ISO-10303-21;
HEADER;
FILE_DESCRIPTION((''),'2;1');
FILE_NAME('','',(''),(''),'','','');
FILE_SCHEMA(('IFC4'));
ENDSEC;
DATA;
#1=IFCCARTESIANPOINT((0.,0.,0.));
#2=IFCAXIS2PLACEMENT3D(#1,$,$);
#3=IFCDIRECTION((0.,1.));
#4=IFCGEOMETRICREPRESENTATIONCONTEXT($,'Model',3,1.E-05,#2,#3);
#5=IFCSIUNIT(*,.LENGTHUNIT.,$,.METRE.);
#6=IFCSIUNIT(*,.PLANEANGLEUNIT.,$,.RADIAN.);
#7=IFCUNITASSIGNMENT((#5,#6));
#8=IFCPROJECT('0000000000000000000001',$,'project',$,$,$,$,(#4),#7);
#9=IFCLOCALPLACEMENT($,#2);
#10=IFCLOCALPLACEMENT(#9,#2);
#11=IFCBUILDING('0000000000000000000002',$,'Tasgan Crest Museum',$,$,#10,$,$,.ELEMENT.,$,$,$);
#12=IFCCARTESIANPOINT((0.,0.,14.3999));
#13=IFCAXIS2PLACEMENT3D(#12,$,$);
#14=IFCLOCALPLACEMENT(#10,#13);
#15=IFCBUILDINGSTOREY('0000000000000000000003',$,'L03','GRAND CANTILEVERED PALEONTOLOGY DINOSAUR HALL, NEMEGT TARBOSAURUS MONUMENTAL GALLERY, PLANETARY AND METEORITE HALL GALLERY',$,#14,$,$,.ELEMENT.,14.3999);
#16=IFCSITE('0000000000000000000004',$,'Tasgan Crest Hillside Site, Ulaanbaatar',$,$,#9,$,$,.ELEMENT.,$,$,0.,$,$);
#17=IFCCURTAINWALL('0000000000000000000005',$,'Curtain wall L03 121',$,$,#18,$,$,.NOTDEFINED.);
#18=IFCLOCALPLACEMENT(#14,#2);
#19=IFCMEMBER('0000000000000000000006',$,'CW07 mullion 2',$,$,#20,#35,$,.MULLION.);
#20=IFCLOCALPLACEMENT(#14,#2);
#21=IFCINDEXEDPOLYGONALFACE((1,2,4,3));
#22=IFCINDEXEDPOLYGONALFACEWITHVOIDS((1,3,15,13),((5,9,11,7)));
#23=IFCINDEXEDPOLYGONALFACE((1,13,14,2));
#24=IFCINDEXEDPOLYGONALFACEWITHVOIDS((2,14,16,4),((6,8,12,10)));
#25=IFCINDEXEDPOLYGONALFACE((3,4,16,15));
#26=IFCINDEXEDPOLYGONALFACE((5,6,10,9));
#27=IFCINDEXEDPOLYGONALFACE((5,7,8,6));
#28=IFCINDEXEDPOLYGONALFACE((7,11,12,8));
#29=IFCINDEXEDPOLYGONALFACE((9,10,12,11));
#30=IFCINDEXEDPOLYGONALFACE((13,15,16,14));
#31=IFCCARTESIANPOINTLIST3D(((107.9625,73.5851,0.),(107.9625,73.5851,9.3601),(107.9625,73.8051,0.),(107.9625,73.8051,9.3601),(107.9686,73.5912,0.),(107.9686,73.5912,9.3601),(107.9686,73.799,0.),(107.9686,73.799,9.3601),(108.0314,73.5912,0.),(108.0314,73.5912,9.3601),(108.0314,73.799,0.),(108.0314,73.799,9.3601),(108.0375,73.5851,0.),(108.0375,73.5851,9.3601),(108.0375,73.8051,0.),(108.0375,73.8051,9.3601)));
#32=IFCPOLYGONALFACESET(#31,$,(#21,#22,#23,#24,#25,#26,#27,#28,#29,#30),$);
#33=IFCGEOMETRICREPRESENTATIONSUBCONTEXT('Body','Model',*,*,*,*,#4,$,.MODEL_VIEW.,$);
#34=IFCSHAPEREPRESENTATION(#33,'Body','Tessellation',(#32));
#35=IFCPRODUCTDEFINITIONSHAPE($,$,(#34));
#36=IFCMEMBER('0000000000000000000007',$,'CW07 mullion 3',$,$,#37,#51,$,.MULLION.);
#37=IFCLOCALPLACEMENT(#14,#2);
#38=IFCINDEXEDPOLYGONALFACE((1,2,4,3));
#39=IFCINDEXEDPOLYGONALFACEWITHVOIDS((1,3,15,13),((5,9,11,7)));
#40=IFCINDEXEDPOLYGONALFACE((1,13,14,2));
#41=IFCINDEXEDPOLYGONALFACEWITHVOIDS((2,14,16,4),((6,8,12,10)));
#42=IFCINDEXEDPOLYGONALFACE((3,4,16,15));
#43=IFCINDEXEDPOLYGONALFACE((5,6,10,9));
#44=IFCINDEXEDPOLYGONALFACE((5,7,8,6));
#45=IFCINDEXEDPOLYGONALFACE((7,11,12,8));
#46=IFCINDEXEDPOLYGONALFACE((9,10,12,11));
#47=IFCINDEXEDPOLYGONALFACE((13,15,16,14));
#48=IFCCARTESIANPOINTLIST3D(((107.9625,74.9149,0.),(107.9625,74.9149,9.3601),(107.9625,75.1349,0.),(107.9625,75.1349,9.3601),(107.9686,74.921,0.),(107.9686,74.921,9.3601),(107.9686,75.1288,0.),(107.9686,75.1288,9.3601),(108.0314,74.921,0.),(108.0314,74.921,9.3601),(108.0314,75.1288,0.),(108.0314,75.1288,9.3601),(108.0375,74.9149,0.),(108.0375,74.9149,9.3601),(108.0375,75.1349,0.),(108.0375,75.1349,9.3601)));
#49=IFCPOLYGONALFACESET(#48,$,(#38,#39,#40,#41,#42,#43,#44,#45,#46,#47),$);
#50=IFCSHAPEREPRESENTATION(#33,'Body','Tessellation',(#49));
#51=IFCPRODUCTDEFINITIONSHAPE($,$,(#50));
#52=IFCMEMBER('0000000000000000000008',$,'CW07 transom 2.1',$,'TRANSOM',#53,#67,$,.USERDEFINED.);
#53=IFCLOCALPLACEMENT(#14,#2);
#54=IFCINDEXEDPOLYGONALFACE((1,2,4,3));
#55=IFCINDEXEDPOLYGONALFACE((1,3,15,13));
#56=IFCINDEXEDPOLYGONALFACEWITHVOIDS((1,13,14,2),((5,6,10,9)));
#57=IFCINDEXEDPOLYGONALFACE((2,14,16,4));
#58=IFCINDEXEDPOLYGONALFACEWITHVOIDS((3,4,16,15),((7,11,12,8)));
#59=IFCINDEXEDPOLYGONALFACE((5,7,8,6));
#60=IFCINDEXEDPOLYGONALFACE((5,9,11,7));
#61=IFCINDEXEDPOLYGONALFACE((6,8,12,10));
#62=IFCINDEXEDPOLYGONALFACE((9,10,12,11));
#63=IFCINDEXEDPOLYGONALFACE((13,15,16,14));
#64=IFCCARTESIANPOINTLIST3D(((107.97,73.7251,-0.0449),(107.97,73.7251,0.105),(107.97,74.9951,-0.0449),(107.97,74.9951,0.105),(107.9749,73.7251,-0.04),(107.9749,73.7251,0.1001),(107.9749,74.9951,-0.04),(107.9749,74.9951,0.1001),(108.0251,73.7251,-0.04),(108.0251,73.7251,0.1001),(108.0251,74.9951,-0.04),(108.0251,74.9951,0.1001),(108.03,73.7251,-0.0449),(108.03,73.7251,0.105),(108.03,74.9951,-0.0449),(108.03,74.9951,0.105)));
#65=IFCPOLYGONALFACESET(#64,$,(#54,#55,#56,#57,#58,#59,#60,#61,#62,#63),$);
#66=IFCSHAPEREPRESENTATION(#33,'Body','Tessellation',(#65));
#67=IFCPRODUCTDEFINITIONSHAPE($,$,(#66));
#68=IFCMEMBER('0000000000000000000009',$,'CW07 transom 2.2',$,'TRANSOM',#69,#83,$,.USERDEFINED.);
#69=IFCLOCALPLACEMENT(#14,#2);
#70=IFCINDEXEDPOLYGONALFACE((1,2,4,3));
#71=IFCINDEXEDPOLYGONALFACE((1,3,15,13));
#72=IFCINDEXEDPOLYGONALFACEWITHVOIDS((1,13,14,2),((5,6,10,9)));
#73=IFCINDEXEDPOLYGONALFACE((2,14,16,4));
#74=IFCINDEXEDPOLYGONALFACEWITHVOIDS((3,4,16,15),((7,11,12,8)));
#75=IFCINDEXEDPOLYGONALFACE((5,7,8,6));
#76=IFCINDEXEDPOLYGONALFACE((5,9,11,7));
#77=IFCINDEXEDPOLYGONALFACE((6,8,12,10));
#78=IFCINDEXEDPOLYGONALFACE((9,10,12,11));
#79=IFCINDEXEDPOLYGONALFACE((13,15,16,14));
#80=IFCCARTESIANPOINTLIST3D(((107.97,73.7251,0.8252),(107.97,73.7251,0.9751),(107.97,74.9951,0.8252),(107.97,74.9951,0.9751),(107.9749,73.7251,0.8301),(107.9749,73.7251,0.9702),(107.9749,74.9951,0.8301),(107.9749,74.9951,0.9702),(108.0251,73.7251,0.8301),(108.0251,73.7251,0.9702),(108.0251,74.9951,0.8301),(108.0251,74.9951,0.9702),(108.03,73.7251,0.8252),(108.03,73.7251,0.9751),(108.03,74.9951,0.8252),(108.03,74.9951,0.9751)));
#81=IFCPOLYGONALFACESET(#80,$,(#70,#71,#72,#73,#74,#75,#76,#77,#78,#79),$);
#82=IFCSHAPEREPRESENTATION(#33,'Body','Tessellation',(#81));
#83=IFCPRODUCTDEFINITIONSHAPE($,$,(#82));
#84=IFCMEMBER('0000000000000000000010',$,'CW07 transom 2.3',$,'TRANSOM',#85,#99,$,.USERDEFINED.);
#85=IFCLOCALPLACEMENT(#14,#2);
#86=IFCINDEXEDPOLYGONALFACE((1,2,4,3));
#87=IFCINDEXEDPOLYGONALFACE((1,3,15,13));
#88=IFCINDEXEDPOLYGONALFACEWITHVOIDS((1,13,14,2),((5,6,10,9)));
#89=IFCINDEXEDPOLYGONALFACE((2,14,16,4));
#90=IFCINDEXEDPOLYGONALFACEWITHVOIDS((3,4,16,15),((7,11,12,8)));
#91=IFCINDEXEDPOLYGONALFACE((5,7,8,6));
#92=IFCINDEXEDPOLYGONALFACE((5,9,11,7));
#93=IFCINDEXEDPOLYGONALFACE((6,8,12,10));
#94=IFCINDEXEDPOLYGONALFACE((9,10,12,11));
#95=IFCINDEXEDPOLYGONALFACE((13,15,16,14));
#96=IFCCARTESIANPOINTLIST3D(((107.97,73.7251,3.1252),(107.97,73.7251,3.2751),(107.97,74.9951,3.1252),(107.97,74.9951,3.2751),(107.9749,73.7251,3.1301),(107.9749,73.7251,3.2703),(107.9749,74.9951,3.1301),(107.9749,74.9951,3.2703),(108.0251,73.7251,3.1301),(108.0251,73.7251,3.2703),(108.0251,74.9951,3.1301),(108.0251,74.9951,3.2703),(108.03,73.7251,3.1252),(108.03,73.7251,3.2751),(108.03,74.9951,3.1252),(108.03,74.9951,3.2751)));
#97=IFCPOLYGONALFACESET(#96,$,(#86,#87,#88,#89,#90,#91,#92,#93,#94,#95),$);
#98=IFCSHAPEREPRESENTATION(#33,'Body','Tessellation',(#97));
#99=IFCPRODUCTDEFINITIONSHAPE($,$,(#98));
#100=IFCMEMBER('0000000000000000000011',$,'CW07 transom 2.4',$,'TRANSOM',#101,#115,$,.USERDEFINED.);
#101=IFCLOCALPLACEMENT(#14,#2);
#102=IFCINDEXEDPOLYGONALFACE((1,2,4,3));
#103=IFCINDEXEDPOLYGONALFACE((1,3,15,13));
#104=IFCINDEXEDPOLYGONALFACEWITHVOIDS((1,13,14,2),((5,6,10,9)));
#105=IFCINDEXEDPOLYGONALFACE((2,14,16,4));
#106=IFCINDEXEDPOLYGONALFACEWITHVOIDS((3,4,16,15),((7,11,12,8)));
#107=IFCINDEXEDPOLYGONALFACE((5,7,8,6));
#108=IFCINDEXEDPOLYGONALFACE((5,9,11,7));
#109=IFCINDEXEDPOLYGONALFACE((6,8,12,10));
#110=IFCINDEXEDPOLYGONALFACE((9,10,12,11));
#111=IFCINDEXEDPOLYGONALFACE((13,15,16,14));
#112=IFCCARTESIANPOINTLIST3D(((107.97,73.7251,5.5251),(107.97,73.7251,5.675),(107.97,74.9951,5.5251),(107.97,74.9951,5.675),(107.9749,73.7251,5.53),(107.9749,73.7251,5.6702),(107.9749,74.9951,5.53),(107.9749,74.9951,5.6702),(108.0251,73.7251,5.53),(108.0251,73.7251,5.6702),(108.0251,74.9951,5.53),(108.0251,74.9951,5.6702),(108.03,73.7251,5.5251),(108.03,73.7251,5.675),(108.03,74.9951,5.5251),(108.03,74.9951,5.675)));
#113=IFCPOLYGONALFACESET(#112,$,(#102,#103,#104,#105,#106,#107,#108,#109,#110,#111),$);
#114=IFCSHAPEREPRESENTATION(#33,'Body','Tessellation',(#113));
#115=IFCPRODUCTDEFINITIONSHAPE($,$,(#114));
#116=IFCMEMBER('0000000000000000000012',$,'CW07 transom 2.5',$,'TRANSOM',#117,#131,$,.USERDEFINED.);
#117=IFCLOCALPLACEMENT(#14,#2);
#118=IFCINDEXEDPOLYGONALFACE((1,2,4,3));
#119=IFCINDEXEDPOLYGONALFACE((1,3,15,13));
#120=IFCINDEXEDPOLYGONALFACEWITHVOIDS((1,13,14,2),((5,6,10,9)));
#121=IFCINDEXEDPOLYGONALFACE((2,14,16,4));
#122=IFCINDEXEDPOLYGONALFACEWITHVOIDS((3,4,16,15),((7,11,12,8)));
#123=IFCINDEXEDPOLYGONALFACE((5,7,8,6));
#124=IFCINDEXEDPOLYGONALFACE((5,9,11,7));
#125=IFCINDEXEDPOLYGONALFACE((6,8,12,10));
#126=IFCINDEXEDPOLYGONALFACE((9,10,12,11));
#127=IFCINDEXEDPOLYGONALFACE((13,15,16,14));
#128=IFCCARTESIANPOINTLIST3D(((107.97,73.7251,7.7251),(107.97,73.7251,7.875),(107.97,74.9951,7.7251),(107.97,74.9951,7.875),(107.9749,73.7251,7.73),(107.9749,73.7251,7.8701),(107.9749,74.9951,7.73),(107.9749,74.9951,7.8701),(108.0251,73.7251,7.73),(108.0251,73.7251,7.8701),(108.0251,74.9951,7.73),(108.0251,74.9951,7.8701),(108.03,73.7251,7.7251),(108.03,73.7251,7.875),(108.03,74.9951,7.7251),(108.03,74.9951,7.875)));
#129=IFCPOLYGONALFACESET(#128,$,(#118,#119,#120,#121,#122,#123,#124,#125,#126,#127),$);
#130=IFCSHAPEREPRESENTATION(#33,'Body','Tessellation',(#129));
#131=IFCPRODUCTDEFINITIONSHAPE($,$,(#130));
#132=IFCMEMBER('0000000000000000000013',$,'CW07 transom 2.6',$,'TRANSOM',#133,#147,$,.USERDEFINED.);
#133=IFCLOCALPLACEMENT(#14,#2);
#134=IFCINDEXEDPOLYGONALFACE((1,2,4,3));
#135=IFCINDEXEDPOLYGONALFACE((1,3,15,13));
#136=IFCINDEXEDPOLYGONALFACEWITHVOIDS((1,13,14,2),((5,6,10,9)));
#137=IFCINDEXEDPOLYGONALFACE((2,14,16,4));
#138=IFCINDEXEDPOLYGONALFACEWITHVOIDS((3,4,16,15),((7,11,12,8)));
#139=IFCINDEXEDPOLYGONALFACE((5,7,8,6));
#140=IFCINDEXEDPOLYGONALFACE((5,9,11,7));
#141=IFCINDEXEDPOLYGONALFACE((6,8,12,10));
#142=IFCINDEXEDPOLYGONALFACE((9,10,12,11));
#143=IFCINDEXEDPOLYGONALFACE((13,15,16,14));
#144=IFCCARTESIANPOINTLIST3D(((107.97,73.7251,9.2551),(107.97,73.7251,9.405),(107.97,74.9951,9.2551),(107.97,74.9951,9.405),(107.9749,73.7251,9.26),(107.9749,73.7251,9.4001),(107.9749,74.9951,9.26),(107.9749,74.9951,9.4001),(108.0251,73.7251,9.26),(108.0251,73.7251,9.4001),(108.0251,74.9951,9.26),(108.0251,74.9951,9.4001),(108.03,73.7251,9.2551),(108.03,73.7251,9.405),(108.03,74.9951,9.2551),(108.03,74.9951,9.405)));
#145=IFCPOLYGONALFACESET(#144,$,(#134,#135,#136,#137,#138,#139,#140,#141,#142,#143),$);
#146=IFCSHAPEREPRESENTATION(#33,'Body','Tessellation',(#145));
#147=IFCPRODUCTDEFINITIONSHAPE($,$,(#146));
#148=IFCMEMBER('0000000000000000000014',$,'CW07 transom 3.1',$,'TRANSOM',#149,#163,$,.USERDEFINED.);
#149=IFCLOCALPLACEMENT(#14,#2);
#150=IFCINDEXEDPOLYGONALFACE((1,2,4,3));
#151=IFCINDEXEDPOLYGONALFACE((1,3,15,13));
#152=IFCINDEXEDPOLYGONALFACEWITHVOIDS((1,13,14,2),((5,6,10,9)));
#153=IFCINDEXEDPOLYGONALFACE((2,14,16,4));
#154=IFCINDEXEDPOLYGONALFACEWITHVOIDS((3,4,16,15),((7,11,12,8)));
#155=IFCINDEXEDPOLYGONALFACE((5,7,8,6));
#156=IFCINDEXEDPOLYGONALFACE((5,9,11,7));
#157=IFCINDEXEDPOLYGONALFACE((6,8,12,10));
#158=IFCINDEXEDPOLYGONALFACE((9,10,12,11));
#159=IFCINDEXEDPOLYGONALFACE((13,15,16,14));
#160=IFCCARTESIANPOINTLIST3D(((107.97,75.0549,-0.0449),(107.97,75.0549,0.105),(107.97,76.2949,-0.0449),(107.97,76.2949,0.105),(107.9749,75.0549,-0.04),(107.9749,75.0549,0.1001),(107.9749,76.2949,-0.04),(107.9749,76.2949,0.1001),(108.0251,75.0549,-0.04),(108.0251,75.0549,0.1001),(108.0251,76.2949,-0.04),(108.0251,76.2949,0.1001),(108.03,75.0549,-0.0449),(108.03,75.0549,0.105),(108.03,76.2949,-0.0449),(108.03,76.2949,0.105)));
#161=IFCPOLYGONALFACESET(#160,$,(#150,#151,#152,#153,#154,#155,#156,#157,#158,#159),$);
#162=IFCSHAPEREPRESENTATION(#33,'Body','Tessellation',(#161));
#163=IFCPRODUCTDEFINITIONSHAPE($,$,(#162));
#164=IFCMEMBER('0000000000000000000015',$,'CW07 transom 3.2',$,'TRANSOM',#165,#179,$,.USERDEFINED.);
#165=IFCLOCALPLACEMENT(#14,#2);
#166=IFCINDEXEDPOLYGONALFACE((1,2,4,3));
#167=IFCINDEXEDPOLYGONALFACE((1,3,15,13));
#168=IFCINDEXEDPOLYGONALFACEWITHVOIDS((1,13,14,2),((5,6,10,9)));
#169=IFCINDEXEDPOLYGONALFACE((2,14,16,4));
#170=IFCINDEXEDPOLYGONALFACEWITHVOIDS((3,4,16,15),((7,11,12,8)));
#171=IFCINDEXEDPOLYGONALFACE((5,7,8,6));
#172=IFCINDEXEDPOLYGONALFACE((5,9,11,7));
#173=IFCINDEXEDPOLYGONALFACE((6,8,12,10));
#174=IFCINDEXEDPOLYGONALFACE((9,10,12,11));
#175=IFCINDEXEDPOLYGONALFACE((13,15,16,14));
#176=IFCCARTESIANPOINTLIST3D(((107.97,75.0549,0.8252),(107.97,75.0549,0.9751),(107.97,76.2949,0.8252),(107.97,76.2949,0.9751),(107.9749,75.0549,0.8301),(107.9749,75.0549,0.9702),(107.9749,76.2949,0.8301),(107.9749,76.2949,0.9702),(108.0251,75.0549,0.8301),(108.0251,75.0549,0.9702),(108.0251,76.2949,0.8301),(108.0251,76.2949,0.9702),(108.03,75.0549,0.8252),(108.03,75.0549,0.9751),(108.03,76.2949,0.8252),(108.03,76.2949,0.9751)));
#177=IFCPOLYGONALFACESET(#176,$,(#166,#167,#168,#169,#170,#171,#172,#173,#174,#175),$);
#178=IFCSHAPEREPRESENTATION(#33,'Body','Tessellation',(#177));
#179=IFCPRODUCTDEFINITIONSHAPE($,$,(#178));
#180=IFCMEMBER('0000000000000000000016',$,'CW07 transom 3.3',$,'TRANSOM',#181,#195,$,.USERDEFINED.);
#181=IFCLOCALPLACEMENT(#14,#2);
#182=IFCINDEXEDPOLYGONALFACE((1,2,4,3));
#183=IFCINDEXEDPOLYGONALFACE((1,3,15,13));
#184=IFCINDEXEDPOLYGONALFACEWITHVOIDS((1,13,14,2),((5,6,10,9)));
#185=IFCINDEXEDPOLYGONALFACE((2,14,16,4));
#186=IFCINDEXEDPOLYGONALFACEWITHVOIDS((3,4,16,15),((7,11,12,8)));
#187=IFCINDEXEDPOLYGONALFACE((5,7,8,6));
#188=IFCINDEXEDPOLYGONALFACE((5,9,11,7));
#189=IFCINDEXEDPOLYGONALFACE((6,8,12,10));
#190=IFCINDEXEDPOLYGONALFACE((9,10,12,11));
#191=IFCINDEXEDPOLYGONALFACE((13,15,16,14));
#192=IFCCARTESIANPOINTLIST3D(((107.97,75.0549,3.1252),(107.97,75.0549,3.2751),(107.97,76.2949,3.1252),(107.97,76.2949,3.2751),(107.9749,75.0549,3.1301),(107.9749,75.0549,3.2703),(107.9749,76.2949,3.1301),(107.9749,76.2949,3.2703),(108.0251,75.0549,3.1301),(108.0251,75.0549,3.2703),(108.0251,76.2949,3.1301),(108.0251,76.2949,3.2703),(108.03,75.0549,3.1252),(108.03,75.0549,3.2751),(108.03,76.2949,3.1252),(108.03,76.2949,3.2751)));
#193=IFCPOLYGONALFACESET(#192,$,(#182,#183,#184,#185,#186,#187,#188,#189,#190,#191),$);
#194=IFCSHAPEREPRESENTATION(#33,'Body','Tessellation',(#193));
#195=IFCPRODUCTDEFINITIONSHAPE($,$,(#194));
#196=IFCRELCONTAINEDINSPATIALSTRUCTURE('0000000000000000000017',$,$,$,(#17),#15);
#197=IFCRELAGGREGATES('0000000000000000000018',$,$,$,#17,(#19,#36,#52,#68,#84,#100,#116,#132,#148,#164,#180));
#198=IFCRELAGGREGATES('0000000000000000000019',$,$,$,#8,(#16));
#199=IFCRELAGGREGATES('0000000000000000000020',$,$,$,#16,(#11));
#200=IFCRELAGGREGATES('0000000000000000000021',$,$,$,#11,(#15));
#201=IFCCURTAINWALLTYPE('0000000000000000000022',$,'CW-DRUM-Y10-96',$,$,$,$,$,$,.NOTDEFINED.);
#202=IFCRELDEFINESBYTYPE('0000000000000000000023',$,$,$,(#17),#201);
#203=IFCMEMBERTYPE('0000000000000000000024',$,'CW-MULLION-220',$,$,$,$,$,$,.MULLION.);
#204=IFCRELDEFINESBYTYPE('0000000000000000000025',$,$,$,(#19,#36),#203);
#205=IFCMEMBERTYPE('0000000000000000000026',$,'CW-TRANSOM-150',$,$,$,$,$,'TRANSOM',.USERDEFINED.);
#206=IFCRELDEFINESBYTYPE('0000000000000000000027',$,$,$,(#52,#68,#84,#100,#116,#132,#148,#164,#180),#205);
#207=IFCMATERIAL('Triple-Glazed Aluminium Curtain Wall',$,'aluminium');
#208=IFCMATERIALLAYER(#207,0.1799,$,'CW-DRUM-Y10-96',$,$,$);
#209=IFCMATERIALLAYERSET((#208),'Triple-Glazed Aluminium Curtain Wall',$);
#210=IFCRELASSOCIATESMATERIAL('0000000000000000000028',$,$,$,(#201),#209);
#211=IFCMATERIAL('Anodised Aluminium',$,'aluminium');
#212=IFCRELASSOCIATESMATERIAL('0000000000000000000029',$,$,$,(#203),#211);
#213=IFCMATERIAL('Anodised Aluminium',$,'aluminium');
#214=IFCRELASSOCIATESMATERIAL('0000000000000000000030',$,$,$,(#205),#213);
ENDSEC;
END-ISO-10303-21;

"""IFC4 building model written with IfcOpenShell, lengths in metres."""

from ifc_helpers import new_model, si_unit, direction, frame, origin, origin_2d, place, context, subcontext, project, spatial, hollow_rectangle, extrude, material, layer, layer_set, material_profile, profile_set, type_object, element, aggregate, save


model = new_model("IFC4")

# Units and contexts
model_context = context("Model", 3, precision=1e-05, world=origin(), true_north=direction((0.0, 1.0)))
body_context = subcontext(model_context, "Body", "Model", "MODEL_VIEW")
ifc_project = project(units=[si_unit("LENGTHUNIT", "METRE"), si_unit("PLANEANGLEUNIT", "RADIAN")], contexts=[model_context])

# Site, building, storey
site_placement = place(None, origin())
site = spatial("IfcSite", under=ifc_project, at=site_placement, Name="Tasgan Crest Hillside Site, Ulaanbaatar", CompositionType="ELEMENT", RefElevation=0.0)
building_placement = place(site_placement, origin())
building = spatial("IfcBuilding", under=site, at=building_placement, Name="Tasgan Crest Museum", CompositionType="ELEMENT")
storey_placement = place(building_placement, frame((0.0, 0.0, 14.3999)))
storey = spatial("IfcBuildingStorey", under=building, at=storey_placement, Name="L03", Description="GRAND CANTILEVERED PALEONTOLOGY DINOSAUR HALL, NEMEGT TARBOSAURUS MONUMENTAL GALLERY, PLANETARY AND METEORITE HALL GALLERY", CompositionType="ELEMENT", Elevation=14.3999)

# Curtain wall, members
ifc_material_1 = material(Name="Triple-Glazed Aluminium Curtain Wall", Category="aluminium")
ifc_layer_1 = layer(ifc_material_1, 0.1799, Name="CW-DRUM-Y10-96")
ifc_layer_set_1 = layer_set([ifc_layer_1], Name="Triple-Glazed Aluminium Curtain Wall")
curtain_wall_type = type_object("IfcCurtainWallType", Name="CW-DRUM-Y10-96", PredefinedType="NOTDEFINED", material=ifc_layer_set_1)
curtain_wall_placement = place(storey_placement, origin())
curtain_wall = element("IfcCurtainWall", 1, at=curtain_wall_placement, inside=storey, type_object=curtain_wall_type, Name="Curtain wall L03 121", PredefinedType="NOTDEFINED")
ifc_material_2 = material(Name="Anodised Aluminium", Category="aluminium")
ifc_material_profile_1 = material_profile(ifc_material_2, hollow_rectangle(XDim=0.075, YDim=0.22, WallThickness=0.0061, at=origin_2d()), Name="ALU MULLION 220x75x6")
ifc_profile_set_1 = profile_set([ifc_material_profile_1], Name="Anodised Aluminium")
member_type_1 = type_object("IfcMemberType", Name="CW-MULLION-220", PredefinedType="MULLION", material=ifc_profile_set_1)
member_1_placement = place(storey_placement, frame((108.0, 73.6951, 0.0), z_axis=(0.0, 0.0, 1.0), x_axis=(-1.0, 0.0, 0.0)))
member_1 = element("IfcMember", 2, at=member_1_placement, type_object=member_type_1, Name="CW07 mullion 2", PredefinedType="MULLION", context=body_context, shape_type="SweptSolid", body=[
    extrude(hollow_rectangle(XDim=0.075, YDim=0.22, WallThickness=0.0061, at=origin_2d()), origin(), (0.0, 0.0, 1.0), 9.3601),
])
member_2_placement = place(storey_placement, frame((108.0, 75.0249, 0.0), z_axis=(0.0, 0.0, 1.0), x_axis=(-1.0, 0.0, 0.0)))
member_2 = element("IfcMember", 3, at=member_2_placement, type_object=member_type_1, Name="CW07 mullion 3", PredefinedType="MULLION", context=body_context, shape_type="SweptSolid", body=[
    extrude(hollow_rectangle(XDim=0.075, YDim=0.22, WallThickness=0.0061, at=origin_2d()), origin(), (0.0, 0.0, 1.0), 9.3601),
])
ifc_material_3 = material(Name="Anodised Aluminium", Category="aluminium")
ifc_material_profile_2 = material_profile(ifc_material_3, hollow_rectangle(XDim=0.0601, YDim=0.1499, WallThickness=0.0049, at=origin_2d()), Name="ALU TRANSOM 150x60x5")
ifc_profile_set_2 = profile_set([ifc_material_profile_2], Name="Anodised Aluminium")
member_type_2 = type_object("IfcMemberType", Name="CW-TRANSOM-150", ElementType="TRANSOM", PredefinedType="USERDEFINED", material=ifc_profile_set_2)
member_3_placement = place(storey_placement, frame((108.0, 73.7251, 0.03), z_axis=(0.0, 1.0, 0.0), x_axis=(-1.0, 0.0, 0.0)))
member_3 = element("IfcMember", 4, at=member_3_placement, type_object=member_type_2, Name="CW07 transom 2.1", ObjectType="TRANSOM", PredefinedType="USERDEFINED", context=body_context, shape_type="SweptSolid", body=[
    extrude(hollow_rectangle(XDim=0.0601, YDim=0.1499, WallThickness=0.0049, at=origin_2d()), origin(), (0.0, 0.0, 1.0), 1.27),
])
member_4_placement = place(storey_placement, frame((108.0, 73.7251, 0.9001), z_axis=(0.0, 1.0, 0.0), x_axis=(-1.0, 0.0, 0.0)))
member_4 = element("IfcMember", 5, at=member_4_placement, type_object=member_type_2, Name="CW07 transom 2.2", ObjectType="TRANSOM", PredefinedType="USERDEFINED", context=body_context, shape_type="SweptSolid", body=[
    extrude(hollow_rectangle(XDim=0.0601, YDim=0.1499, WallThickness=0.0049, at=origin_2d()), origin(), (0.0, 0.0, 1.0), 1.27),
])
member_5_placement = place(storey_placement, frame((108.0, 73.7251, 3.2002), z_axis=(0.0, 1.0, 0.0), x_axis=(-1.0, 0.0, 0.0)))
member_5 = element("IfcMember", 6, at=member_5_placement, type_object=member_type_2, Name="CW07 transom 2.3", ObjectType="TRANSOM", PredefinedType="USERDEFINED", context=body_context, shape_type="SweptSolid", body=[
    extrude(hollow_rectangle(XDim=0.0601, YDim=0.1499, WallThickness=0.0049, at=origin_2d()), origin(), (0.0, 0.0, 1.0), 1.27),
])
member_6_placement = place(storey_placement, frame((108.0, 73.7251, 5.6001), z_axis=(0.0, 1.0, 0.0), x_axis=(-1.0, 0.0, 0.0)))
member_6 = element("IfcMember", 7, at=member_6_placement, type_object=member_type_2, Name="CW07 transom 2.4", ObjectType="TRANSOM", PredefinedType="USERDEFINED", context=body_context, shape_type="SweptSolid", body=[
    extrude(hollow_rectangle(XDim=0.0601, YDim=0.1499, WallThickness=0.0049, at=origin_2d()), origin(), (0.0, 0.0, 1.0), 1.27),
])
member_7_placement = place(storey_placement, frame((108.0, 73.7251, 7.8), z_axis=(0.0, 1.0, 0.0), x_axis=(-1.0, 0.0, 0.0)))
member_7 = element("IfcMember", 8, at=member_7_placement, type_object=member_type_2, Name="CW07 transom 2.5", ObjectType="TRANSOM", PredefinedType="USERDEFINED", context=body_context, shape_type="SweptSolid", body=[
    extrude(hollow_rectangle(XDim=0.0601, YDim=0.1499, WallThickness=0.0049, at=origin_2d()), origin(), (0.0, 0.0, 1.0), 1.27),
])
member_8_placement = place(storey_placement, frame((108.0, 73.7251, 9.3301), z_axis=(0.0, 1.0, 0.0), x_axis=(-1.0, 0.0, 0.0)))
member_8 = element("IfcMember", 9, at=member_8_placement, type_object=member_type_2, Name="CW07 transom 2.6", ObjectType="TRANSOM", PredefinedType="USERDEFINED", context=body_context, shape_type="SweptSolid", body=[
    extrude(hollow_rectangle(XDim=0.0601, YDim=0.1499, WallThickness=0.0049, at=origin_2d()), origin(), (0.0, 0.0, 1.0), 1.27),
])
member_9_placement = place(storey_placement, frame((108.0, 75.0549, 0.03), z_axis=(0.0, 1.0, 0.0), x_axis=(-1.0, 0.0, 0.0)))
member_9 = element("IfcMember", 10, at=member_9_placement, type_object=member_type_2, Name="CW07 transom 3.1", ObjectType="TRANSOM", PredefinedType="USERDEFINED", context=body_context, shape_type="SweptSolid", body=[
    extrude(hollow_rectangle(XDim=0.0601, YDim=0.1499, WallThickness=0.0049, at=origin_2d()), origin(), (0.0, 0.0, 1.0), 1.24),
])
member_10_placement = place(storey_placement, frame((108.0, 75.0549, 0.9001), z_axis=(0.0, 1.0, 0.0), x_axis=(-1.0, 0.0, 0.0)))
member_10 = element("IfcMember", 11, at=member_10_placement, type_object=member_type_2, Name="CW07 transom 3.2", ObjectType="TRANSOM", PredefinedType="USERDEFINED", context=body_context, shape_type="SweptSolid", body=[
    extrude(hollow_rectangle(XDim=0.0601, YDim=0.1499, WallThickness=0.0049, at=origin_2d()), origin(), (0.0, 0.0, 1.0), 1.24),
])
member_11_placement = place(storey_placement, frame((108.0, 75.0549, 3.2002), z_axis=(0.0, 1.0, 0.0), x_axis=(-1.0, 0.0, 0.0)))
member_11 = element("IfcMember", 12, at=member_11_placement, type_object=member_type_2, Name="CW07 transom 3.3", ObjectType="TRANSOM", PredefinedType="USERDEFINED", context=body_context, shape_type="SweptSolid", body=[
    extrude(hollow_rectangle(XDim=0.0601, YDim=0.1499, WallThickness=0.0049, at=origin_2d()), origin(), (0.0, 0.0, 1.0), 1.24),
])
aggregate(curtain_wall, [member_1, member_2, member_3, member_4, member_5, member_6, member_7, member_8, member_9, member_10, member_11])

save(model, "model.ifc")
